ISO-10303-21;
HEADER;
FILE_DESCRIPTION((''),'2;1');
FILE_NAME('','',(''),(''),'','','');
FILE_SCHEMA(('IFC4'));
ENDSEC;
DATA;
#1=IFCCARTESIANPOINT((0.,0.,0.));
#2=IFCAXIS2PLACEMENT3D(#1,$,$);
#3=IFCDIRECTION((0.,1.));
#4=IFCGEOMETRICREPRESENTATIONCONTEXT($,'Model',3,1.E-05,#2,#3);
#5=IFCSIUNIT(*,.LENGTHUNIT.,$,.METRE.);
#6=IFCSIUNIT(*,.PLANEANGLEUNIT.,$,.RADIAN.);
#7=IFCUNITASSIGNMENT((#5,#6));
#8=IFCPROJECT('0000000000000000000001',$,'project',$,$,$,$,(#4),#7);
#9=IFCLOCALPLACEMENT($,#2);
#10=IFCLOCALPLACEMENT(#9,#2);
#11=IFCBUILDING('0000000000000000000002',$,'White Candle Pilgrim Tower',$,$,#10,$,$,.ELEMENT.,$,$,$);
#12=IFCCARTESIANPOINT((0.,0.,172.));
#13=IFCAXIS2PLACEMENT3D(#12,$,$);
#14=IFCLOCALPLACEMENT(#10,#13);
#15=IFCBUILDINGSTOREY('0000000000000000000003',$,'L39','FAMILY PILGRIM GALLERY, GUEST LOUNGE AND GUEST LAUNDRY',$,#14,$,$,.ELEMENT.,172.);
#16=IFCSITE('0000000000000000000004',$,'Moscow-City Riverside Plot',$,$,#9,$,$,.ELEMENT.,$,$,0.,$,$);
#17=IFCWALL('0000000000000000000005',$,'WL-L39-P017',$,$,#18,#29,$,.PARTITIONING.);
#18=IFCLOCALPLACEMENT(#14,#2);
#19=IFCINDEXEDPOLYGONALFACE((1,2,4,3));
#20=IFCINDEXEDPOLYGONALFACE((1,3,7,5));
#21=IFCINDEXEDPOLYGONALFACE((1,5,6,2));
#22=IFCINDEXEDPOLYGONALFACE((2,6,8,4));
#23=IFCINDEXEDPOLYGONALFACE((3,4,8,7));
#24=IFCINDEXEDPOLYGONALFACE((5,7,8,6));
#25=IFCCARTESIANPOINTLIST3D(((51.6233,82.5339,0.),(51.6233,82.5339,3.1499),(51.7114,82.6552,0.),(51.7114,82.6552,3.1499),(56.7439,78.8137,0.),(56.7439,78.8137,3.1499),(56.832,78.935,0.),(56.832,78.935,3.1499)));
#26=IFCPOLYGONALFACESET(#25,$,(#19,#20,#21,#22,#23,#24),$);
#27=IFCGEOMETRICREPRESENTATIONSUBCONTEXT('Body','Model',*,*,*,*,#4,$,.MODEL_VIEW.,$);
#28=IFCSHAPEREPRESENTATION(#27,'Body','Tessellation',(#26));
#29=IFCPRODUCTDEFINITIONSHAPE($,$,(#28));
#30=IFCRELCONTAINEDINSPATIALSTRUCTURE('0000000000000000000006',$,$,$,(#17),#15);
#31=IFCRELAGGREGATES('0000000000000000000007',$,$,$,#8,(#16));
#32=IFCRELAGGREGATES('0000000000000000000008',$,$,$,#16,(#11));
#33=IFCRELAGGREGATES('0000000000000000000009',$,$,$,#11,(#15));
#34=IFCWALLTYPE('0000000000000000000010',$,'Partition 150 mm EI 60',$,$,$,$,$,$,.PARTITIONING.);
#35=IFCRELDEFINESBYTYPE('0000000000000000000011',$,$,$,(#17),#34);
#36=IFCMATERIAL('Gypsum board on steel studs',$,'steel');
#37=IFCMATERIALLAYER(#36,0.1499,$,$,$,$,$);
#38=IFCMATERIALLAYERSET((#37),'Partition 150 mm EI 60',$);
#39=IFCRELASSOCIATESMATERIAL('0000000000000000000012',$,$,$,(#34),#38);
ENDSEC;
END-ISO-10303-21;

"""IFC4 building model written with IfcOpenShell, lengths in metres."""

from ifc_helpers import new_model, si_unit, direction, frame, frame_2d, origin, place, context, subcontext, project, spatial, rectangle, extrude, material, layer, layer_set, type_object, element, save


model = new_model("IFC4")

# Units and contexts
model_context = context("Model", 3, precision=1e-05, world=origin(), true_north=direction((0.0, 1.0)))
body_context = subcontext(model_context, "Body", "Model", "MODEL_VIEW")
ifc_project = project(units=[si_unit("LENGTHUNIT", "METRE"), si_unit("PLANEANGLEUNIT", "RADIAN")], contexts=[model_context])

# Site, building, storey
site_placement = place(None, origin())
site = spatial("IfcSite", under=ifc_project, at=site_placement, Name="Moscow-City Riverside Plot", CompositionType="ELEMENT", RefElevation=0.0)
building_placement = place(site_placement, origin())
building = spatial("IfcBuilding", under=site, at=building_placement, Name="White Candle Pilgrim Tower", CompositionType="ELEMENT")
storey_placement = place(building_placement, frame((0.0, 0.0, 172.0)))
storey = spatial("IfcBuildingStorey", under=building, at=storey_placement, Name="L39", Description="FAMILY PILGRIM GALLERY, GUEST LOUNGE AND GUEST LAUNDRY", CompositionType="ELEMENT", Elevation=172.0)

# Wall
ifc_material_1 = material(Name="Gypsum board on steel studs", Category="steel")
ifc_layer_1 = layer(ifc_material_1, 0.1499)
ifc_layer_set_1 = layer_set([ifc_layer_1], Name="Partition 150 mm EI 60")
wall_type_1 = type_object("IfcWallType", Name="Partition 150 mm EI 60", PredefinedType="PARTITIONING", material=ifc_layer_set_1)
wall_1_placement = place(storey_placement, frame((51.6675, 82.5945, 0.0), z_axis=(0.0, 0.0, 1.0), x_axis=(0.809026, -0.587773, 0.0)))
element("IfcWall", 1, at=wall_1_placement, inside=storey, type_object=wall_type_1, Name="WL-L39-P017", PredefinedType="PARTITIONING", context=body_context, shape_type="SweptSolid", body=[
    extrude(rectangle(XDim=6.3293, YDim=0.1499, at=frame_2d((3.1646, 0.0))), origin(), (0.0, 0.0, 1.0), 3.1499),
])

save(model, "model.ifc")
